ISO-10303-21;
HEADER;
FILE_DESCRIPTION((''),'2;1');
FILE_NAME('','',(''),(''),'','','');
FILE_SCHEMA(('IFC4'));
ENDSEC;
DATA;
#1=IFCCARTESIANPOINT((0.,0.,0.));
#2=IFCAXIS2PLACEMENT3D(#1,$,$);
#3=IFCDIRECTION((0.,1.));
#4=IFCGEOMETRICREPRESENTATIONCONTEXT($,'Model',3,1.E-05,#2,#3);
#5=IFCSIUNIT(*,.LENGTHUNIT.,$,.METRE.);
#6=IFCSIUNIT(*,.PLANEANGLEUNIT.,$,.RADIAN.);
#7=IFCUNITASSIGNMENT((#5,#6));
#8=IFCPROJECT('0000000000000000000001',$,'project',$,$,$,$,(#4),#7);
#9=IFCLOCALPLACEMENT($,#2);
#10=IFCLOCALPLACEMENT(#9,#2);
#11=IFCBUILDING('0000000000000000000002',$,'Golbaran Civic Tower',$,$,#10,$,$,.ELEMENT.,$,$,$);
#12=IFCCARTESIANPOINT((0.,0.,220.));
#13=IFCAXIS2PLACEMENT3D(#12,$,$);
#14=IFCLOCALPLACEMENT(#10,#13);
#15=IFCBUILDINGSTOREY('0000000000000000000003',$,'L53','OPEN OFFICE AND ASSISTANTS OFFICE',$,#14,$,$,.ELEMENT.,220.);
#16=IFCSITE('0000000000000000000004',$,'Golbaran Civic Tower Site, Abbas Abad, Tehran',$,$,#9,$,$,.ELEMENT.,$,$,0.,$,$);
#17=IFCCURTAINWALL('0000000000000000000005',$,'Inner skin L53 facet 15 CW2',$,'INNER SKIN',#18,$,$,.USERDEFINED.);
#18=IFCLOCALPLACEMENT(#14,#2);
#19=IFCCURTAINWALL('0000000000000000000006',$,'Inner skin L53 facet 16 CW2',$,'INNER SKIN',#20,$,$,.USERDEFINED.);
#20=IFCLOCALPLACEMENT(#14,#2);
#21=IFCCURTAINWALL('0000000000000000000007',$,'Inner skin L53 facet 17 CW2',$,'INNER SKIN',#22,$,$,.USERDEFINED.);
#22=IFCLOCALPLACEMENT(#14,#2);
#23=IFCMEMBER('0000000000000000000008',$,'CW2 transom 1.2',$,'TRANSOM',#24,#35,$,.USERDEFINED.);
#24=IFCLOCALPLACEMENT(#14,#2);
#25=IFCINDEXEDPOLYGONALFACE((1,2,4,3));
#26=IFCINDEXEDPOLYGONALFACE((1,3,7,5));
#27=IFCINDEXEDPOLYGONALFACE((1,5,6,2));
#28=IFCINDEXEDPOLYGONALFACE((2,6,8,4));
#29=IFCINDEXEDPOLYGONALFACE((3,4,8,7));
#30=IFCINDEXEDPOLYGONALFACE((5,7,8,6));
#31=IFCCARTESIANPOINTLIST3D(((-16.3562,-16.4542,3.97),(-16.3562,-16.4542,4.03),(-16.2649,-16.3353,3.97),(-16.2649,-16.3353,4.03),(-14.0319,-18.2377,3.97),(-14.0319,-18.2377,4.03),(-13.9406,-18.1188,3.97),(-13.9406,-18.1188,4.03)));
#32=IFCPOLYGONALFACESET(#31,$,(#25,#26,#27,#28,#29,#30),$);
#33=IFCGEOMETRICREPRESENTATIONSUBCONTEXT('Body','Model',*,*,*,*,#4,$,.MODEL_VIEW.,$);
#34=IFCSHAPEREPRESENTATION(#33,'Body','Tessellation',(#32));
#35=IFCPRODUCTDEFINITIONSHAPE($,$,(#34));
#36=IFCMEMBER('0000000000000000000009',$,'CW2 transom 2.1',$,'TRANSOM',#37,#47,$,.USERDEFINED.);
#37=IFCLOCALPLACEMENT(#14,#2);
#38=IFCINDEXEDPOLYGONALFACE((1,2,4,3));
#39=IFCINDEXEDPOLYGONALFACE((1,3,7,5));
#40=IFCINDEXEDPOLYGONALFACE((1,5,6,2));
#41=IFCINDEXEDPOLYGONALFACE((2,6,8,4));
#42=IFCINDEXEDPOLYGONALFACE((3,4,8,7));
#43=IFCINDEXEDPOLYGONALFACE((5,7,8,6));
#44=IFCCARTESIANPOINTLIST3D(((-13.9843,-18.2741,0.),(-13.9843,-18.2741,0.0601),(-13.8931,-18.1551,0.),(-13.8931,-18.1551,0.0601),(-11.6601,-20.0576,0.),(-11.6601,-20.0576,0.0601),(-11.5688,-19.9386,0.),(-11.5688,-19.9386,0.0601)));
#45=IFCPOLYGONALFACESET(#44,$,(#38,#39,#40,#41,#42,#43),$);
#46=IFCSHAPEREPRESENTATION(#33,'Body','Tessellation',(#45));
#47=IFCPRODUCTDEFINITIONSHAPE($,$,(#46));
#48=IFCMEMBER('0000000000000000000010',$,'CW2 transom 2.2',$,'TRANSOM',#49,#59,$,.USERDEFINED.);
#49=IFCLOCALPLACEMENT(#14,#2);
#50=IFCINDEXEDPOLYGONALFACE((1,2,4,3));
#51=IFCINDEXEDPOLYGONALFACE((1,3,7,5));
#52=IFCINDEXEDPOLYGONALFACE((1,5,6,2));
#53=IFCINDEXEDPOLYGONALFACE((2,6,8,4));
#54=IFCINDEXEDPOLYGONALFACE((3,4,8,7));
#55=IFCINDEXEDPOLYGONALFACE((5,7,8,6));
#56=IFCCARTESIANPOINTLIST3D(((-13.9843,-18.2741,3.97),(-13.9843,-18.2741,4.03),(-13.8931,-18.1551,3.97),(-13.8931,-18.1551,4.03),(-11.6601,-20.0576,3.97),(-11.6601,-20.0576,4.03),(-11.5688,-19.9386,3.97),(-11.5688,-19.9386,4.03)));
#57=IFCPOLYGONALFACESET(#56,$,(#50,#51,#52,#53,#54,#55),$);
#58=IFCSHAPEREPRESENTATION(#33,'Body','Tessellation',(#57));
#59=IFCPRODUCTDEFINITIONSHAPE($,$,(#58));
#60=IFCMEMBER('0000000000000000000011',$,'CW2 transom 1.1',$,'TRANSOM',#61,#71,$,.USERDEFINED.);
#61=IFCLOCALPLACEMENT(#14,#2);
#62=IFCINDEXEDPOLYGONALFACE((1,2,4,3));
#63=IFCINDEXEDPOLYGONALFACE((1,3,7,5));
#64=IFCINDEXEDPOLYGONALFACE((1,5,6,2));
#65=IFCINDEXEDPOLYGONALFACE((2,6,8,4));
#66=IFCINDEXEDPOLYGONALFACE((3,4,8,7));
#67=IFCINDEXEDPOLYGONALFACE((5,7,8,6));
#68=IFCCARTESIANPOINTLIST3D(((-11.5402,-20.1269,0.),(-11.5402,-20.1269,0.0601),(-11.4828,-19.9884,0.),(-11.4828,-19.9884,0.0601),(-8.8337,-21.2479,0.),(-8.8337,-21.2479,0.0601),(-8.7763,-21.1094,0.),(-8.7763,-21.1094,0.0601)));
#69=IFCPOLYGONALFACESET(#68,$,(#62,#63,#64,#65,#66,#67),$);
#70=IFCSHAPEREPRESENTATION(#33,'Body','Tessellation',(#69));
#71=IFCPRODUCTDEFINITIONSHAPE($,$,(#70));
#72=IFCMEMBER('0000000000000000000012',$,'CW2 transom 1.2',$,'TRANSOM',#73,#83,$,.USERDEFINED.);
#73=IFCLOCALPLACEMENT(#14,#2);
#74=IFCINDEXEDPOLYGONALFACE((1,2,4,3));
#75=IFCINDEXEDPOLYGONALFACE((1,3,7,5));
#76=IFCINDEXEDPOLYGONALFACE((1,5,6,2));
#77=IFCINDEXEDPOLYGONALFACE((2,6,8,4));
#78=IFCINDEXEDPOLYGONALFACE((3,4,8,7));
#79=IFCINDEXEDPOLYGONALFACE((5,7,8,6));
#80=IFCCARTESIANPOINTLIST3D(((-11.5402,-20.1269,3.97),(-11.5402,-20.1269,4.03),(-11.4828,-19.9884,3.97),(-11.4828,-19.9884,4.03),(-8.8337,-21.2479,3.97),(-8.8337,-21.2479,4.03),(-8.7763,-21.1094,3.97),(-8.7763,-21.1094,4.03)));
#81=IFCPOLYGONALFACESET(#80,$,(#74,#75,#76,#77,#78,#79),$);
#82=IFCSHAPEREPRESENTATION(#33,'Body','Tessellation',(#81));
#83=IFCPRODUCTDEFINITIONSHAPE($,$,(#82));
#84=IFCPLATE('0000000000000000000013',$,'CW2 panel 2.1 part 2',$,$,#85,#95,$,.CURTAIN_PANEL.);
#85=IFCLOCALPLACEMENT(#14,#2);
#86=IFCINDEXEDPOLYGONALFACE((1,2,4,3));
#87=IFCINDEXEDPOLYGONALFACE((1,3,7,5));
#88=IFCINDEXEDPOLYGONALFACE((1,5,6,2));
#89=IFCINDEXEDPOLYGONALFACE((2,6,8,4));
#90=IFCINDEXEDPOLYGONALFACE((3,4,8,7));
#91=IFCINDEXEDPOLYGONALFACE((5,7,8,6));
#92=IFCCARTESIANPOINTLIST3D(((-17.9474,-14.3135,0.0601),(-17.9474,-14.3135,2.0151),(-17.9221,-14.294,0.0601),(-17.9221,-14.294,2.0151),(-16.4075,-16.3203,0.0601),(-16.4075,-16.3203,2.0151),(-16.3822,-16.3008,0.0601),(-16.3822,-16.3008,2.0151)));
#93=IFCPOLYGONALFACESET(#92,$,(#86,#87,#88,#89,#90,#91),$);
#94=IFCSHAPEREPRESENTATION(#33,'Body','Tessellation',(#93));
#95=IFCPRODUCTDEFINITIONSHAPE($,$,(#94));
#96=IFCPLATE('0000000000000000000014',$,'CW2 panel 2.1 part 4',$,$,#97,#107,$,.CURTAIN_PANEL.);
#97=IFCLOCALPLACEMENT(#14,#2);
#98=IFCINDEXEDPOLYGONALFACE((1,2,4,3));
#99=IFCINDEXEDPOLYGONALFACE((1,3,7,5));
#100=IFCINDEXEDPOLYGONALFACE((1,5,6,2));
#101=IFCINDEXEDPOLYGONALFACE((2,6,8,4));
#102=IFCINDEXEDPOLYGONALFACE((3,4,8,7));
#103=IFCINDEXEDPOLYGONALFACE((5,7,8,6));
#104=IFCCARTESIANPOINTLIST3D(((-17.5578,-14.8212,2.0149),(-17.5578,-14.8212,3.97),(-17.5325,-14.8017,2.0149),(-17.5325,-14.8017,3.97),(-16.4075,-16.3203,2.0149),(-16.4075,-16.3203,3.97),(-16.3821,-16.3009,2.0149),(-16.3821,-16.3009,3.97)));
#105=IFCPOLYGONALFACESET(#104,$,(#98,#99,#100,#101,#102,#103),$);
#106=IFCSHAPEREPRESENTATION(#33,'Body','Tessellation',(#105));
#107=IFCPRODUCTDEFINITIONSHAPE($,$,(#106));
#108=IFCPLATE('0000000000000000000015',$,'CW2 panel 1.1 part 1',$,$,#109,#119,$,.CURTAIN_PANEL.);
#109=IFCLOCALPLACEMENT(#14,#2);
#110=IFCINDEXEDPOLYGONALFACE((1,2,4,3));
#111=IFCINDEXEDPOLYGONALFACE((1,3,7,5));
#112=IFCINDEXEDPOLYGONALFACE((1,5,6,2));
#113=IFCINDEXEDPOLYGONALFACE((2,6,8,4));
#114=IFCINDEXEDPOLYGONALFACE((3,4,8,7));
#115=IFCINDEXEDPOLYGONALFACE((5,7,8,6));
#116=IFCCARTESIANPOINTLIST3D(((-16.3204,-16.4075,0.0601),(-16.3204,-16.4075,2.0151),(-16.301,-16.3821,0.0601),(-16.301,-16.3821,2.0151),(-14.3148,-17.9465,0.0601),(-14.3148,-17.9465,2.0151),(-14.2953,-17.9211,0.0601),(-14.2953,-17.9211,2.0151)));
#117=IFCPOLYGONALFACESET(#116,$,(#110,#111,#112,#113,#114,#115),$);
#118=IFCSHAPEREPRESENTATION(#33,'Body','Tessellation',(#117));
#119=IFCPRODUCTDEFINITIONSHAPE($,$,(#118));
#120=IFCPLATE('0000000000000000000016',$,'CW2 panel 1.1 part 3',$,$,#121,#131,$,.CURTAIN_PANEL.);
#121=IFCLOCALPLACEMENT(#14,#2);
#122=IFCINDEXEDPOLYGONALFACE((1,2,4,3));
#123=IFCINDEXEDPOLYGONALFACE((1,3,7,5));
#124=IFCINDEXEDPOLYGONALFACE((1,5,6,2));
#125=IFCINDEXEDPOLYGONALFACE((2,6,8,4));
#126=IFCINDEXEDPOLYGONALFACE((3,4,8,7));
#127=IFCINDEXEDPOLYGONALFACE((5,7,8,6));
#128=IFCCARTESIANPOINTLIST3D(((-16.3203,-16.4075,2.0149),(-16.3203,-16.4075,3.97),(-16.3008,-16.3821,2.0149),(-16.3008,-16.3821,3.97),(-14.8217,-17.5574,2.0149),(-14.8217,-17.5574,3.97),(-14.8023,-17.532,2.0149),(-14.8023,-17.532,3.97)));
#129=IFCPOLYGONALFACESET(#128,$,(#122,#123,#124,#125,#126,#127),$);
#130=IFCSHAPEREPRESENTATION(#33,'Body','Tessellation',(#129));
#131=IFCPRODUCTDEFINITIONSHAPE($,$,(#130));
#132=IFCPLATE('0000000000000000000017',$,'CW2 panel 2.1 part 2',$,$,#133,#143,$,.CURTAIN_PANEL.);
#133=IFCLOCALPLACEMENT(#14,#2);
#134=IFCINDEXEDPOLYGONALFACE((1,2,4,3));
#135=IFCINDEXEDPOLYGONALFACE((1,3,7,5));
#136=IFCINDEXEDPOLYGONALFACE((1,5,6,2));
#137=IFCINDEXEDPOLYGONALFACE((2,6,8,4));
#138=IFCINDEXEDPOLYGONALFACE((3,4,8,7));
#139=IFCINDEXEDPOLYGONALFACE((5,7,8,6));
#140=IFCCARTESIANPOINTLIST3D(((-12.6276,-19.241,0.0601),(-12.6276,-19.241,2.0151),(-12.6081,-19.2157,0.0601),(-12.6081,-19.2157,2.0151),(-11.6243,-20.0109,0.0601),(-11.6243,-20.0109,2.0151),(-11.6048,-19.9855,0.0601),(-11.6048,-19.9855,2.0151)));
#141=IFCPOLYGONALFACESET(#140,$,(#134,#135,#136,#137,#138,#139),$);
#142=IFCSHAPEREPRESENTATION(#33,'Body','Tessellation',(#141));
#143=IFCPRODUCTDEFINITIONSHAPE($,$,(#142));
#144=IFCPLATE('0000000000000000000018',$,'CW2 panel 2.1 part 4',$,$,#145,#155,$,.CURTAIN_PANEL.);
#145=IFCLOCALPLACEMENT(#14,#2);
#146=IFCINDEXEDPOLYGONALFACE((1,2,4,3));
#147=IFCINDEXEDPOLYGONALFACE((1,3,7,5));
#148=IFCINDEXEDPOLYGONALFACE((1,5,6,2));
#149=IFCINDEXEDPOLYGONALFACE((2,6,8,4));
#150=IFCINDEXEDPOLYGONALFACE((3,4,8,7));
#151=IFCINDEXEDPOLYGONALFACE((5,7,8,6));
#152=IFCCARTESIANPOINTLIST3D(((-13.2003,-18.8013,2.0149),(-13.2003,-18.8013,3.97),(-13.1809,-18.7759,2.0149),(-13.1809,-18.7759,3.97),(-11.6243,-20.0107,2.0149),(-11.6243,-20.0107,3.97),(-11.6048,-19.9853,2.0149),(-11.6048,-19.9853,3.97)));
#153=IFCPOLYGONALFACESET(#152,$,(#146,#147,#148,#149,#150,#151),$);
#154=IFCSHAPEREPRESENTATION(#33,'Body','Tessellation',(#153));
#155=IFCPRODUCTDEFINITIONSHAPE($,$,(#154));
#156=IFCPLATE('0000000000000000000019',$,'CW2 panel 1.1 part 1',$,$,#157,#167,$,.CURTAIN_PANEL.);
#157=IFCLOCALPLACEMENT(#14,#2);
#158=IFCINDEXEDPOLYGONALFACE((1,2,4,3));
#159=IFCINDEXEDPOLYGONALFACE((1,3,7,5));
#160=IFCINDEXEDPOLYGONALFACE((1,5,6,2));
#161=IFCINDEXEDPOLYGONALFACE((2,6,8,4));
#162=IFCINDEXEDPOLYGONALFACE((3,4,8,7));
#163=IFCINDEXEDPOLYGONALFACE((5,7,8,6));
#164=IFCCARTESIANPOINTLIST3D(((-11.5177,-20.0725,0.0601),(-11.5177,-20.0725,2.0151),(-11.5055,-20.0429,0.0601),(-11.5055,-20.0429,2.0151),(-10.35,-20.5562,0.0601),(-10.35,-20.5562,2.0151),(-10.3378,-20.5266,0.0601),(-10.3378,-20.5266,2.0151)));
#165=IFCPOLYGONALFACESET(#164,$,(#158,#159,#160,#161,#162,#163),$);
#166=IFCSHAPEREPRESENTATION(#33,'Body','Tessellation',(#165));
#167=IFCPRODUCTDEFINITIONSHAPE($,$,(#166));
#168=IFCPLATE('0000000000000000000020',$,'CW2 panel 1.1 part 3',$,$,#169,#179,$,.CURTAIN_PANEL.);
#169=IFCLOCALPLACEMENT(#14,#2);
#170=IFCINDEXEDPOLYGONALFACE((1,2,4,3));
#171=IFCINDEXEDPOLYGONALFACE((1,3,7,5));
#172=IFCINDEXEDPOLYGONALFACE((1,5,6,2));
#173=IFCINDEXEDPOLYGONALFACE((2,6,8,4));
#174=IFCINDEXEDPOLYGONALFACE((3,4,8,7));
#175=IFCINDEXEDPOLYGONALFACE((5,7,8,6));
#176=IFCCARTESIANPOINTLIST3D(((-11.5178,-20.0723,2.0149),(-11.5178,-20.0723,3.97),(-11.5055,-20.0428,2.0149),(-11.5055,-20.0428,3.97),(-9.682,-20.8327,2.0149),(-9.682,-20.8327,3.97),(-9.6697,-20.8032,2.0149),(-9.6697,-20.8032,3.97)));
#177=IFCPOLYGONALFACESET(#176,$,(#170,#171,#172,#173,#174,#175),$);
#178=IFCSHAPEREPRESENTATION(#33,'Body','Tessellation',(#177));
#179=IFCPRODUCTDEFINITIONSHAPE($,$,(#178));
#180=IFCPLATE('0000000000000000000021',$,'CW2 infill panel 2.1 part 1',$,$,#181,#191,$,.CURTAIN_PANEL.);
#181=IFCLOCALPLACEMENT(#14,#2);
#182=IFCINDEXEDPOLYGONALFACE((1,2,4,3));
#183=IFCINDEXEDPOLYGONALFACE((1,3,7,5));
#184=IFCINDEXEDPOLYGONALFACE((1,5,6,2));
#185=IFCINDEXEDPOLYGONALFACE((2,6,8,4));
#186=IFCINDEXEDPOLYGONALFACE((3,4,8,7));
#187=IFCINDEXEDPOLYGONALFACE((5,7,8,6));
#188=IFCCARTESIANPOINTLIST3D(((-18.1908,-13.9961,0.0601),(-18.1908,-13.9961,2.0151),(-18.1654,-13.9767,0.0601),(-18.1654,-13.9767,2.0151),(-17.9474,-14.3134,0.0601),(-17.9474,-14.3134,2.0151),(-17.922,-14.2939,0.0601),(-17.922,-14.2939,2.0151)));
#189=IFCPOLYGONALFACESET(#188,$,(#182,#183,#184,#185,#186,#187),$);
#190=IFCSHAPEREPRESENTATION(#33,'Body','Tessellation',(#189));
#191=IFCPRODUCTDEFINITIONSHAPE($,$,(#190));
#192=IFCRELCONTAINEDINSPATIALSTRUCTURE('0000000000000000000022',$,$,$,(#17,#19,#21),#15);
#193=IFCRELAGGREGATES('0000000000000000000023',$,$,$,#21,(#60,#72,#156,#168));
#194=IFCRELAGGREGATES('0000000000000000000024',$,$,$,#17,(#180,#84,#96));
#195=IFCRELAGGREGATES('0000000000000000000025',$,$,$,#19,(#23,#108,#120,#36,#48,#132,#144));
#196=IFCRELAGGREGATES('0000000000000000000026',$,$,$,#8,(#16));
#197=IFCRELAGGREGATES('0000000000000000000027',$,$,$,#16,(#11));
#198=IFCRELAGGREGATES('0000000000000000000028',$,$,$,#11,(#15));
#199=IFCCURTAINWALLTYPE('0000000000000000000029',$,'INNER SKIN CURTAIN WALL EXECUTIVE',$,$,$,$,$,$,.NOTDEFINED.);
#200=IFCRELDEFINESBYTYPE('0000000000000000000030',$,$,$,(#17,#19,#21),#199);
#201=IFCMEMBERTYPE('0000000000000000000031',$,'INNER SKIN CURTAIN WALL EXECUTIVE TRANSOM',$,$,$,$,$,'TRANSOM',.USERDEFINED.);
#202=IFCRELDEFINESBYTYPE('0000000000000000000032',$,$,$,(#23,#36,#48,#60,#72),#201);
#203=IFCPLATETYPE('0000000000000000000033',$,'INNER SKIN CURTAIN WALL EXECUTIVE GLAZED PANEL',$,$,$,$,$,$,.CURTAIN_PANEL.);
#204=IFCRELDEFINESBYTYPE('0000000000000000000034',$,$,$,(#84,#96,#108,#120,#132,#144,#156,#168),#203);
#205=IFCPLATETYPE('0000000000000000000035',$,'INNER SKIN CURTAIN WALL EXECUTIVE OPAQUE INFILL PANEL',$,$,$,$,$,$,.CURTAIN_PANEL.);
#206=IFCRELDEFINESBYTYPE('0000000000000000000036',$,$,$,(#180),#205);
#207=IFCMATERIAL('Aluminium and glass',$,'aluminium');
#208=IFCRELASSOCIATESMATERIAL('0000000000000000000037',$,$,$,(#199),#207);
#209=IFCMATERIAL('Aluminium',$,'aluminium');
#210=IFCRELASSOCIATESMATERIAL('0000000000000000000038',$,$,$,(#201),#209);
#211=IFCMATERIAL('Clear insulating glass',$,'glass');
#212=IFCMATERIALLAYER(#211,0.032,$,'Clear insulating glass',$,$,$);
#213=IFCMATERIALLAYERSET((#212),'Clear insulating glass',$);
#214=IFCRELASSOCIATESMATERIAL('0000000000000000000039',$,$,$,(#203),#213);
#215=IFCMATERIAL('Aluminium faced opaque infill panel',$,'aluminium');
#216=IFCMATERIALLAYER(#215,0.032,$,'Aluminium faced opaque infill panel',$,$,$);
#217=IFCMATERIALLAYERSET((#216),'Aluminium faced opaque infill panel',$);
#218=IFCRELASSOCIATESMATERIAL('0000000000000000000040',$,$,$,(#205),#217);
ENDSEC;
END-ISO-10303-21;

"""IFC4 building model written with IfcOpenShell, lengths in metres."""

from ifc_helpers import new_model, si_unit, direction, frame, origin, origin_2d, place, context, subcontext, project, spatial, rectangle, extrude, material, layer, layer_set, material_profile, profile_set, type_object, element, aggregate, save


model = new_model("IFC4")

# Units and contexts
model_context = context("Model", 3, precision=1e-05, world=origin(), true_north=direction((0.0, 1.0)))
body_context = subcontext(model_context, "Body", "Model", "MODEL_VIEW")
ifc_project = project(units=[si_unit("LENGTHUNIT", "METRE"), si_unit("PLANEANGLEUNIT", "RADIAN")], contexts=[model_context])

# Site, building, storey
site_placement = place(None, origin())
site = spatial("IfcSite", under=ifc_project, at=site_placement, Name="Golbaran Civic Tower Site, Abbas Abad, Tehran", CompositionType="ELEMENT", RefElevation=0.0)
building_placement = place(site_placement, origin())
building = spatial("IfcBuilding", under=site, at=building_placement, Name="Golbaran Civic Tower", CompositionType="ELEMENT")
storey_placement = place(building_placement, frame((0.0, 0.0, 220.0)))
storey = spatial("IfcBuildingStorey", under=building, at=storey_placement, Name="L53", Description="OPEN OFFICE AND ASSISTANTS OFFICE", CompositionType="ELEMENT", Elevation=220.0)

# Curtain wall
ifc_material_1 = material(Name="Aluminium and glass", Category="aluminium")
curtain_wall_type = type_object("IfcCurtainWallType", Name="INNER SKIN CURTAIN WALL EXECUTIVE", PredefinedType="NOTDEFINED", material=ifc_material_1)
curtain_wall_1_placement = place(storey_placement, origin())
curtain_wall_1 = element("IfcCurtainWall", 1, at=curtain_wall_1_placement, inside=storey, type_object=curtain_wall_type, Name="Inner skin L53 facet 15 CW2", ObjectType="INNER SKIN", PredefinedType="USERDEFINED")
ifc_material_2 = material(Name="Aluminium", Category="aluminium")

# Curtain wall
curtain_wall_2_placement = place(storey_placement, origin())
curtain_wall_2 = element("IfcCurtainWall", 2, at=curtain_wall_2_placement, inside=storey, type_object=curtain_wall_type, Name="Inner skin L53 facet 16 CW2", ObjectType="INNER SKIN", PredefinedType="USERDEFINED")

# Curtain wall
curtain_wall_3_placement = place(storey_placement, origin())
curtain_wall_3 = element("IfcCurtainWall", 3, at=curtain_wall_3_placement, inside=storey, type_object=curtain_wall_type, Name="Inner skin L53 facet 17 CW2", ObjectType="INNER SKIN", PredefinedType="USERDEFINED")

# Members
ifc_material_profile_1 = material_profile(ifc_material_2, rectangle(XDim=0.1499, YDim=0.0601, at=origin_2d()), Name="INNER SKIN CURTAIN WALL EXECUTIVE TRANSOM")
ifc_profile_set_1 = profile_set([ifc_material_profile_1], Name="Aluminium")
member_type_1 = type_object("IfcMemberType", Name="INNER SKIN CURTAIN WALL EXECUTIVE TRANSOM", ElementType="TRANSOM", PredefinedType="USERDEFINED", material=ifc_profile_set_1)
member_1_placement = place(storey_placement, frame((-16.3105, -16.3948, 4.0), z_axis=(0.793351, -0.608764, 0.0), x_axis=(0.608764, 0.793351, 0.0)))
member_1 = element("IfcMember", 4, at=member_1_placement, type_object=member_type_1, Name="CW2 transom 1.2", ObjectType="TRANSOM", PredefinedType="USERDEFINED", context=body_context, shape_type="SweptSolid", body=[
    extrude(rectangle(XDim=0.1499, YDim=0.0601, at=origin_2d()), origin(), (0.0, 0.0, 1.0), 2.9297),
])
member_2_placement = place(storey_placement, frame((-13.9387, -18.2146, 0.03), z_axis=(0.793351, -0.608764, 0.0), x_axis=(0.608764, 0.793351, 0.0)))
member_2 = element("IfcMember", 5, at=member_2_placement, type_object=member_type_1, Name="CW2 transom 2.1", ObjectType="TRANSOM", PredefinedType="USERDEFINED", context=body_context, shape_type="SweptSolid", body=[
    extrude(rectangle(XDim=0.1499, YDim=0.0601, at=origin_2d()), origin(), (0.0, 0.0, 1.0), 2.9297),
])
member_3_placement = place(storey_placement, frame((-13.9387, -18.2146, 4.0), z_axis=(0.793351, -0.608764, 0.0), x_axis=(0.608764, 0.793351, 0.0)))
member_3 = element("IfcMember", 6, at=member_3_placement, type_object=member_type_1, Name="CW2 transom 2.2", ObjectType="TRANSOM", PredefinedType="USERDEFINED", context=body_context, shape_type="SweptSolid", body=[
    extrude(rectangle(XDim=0.1499, YDim=0.0601, at=origin_2d()), origin(), (0.0, 0.0, 1.0), 2.9297),
])
member_4_placement = place(storey_placement, frame((-11.5115, -20.0576, 0.03), z_axis=(0.923879, -0.382685, 0.0), x_axis=(0.382685, 0.923879, 0.0)))
member_4 = element("IfcMember", 7, at=member_4_placement, type_object=member_type_1, Name="CW2 transom 1.1", ObjectType="TRANSOM", PredefinedType="USERDEFINED", context=body_context, shape_type="SweptSolid", body=[
    extrude(rectangle(XDim=0.1499, YDim=0.0601, at=origin_2d()), origin(), (0.0, 0.0, 1.0), 2.9294),
])
member_5_placement = place(storey_placement, frame((-11.5115, -20.0576, 4.0), z_axis=(0.923879, -0.382685, 0.0), x_axis=(0.382685, 0.923879, 0.0)))
member_5 = element("IfcMember", 8, at=member_5_placement, type_object=member_type_1, Name="CW2 transom 1.2", ObjectType="TRANSOM", PredefinedType="USERDEFINED", context=body_context, shape_type="SweptSolid", body=[
    extrude(rectangle(XDim=0.1499, YDim=0.0601, at=origin_2d()), origin(), (0.0, 0.0, 1.0), 2.9294),
])

# Plates
ifc_material_3 = material(Name="Clear insulating glass", Category="glass")
ifc_layer_1 = layer(ifc_material_3, 0.032, Name="Clear insulating glass")
ifc_layer_set_1 = layer_set([ifc_layer_1], Name="Clear insulating glass")
plate_type_1 = type_object("IfcPlateType", Name="INNER SKIN CURTAIN WALL EXECUTIVE GLAZED PANEL", PredefinedType="CURTAIN_PANEL", material=ifc_layer_set_1)
plate_1_placement = place(storey_placement, frame((-17.1648, -15.3071, 0.0601), z_axis=(0.0, 0.0, 1.0), x_axis=(0.608761, -0.793353, 0.0)))
plate_1 = element("IfcPlate", 9, at=plate_1_placement, type_object=plate_type_1, Name="CW2 panel 2.1 part 2", PredefinedType="CURTAIN_PANEL", context=body_context, shape_type="SweptSolid", body=[
    extrude(rectangle(XDim=2.5295, YDim=0.032, at=origin_2d()), origin(), (0.0, 0.0, 1.0), 1.9551),
])
plate_2_placement = place(storey_placement, frame((-16.97, -15.561, 2.0149), z_axis=(0.0, 0.0, 1.0), x_axis=(0.608761, -0.793353, 0.0)))
plate_2 = element("IfcPlate", 10, at=plate_2_placement, type_object=plate_type_1, Name="CW2 panel 2.1 part 4", PredefinedType="CURTAIN_PANEL", context=body_context, shape_type="SweptSolid", body=[
    extrude(rectangle(XDim=1.8896, YDim=0.032, at=origin_2d()), origin(), (0.0, 0.0, 1.0), 1.9551),
])
plate_3_placement = place(storey_placement, frame((-15.3079, -17.1643, 0.0601), z_axis=(0.0, 0.0, 1.0), x_axis=(0.793353, -0.608761, 0.0)))
plate_3 = element("IfcPlate", 11, at=plate_3_placement, type_object=plate_type_1, Name="CW2 panel 1.1 part 1", PredefinedType="CURTAIN_PANEL", context=body_context, shape_type="SweptSolid", body=[
    extrude(rectangle(XDim=2.5281, YDim=0.032, at=origin_2d()), origin(), (0.0, 0.0, 1.0), 1.9551),
])
plate_4_placement = place(storey_placement, frame((-15.5613, -16.9697, 2.0149), z_axis=(0.0, 0.0, 1.0), x_axis=(0.793353, -0.608761, 0.0)))
plate_4 = element("IfcPlate", 12, at=plate_4_placement, type_object=plate_type_1, Name="CW2 panel 1.1 part 3", PredefinedType="CURTAIN_PANEL", context=body_context, shape_type="SweptSolid", body=[
    extrude(rectangle(XDim=1.8889, YDim=0.032, at=origin_2d()), origin(), (0.0, 0.0, 1.0), 1.9551),
])
plate_5_placement = place(storey_placement, frame((-12.1162, -19.6133, 0.0601), z_axis=(0.0, 0.0, 1.0), x_axis=(0.793353, -0.608761, 0.0)))
plate_5 = element("IfcPlate", 13, at=plate_5_placement, type_object=plate_type_1, Name="CW2 panel 2.1 part 2", PredefinedType="CURTAIN_PANEL", context=body_context, shape_type="SweptSolid", body=[
    extrude(rectangle(XDim=1.2646, YDim=0.032, at=origin_2d()), origin(), (0.0, 0.0, 1.0), 1.9551),
])
plate_6_placement = place(storey_placement, frame((-12.4026, -19.3933, 2.0149), z_axis=(0.0, 0.0, 1.0), x_axis=(0.793353, -0.608761, 0.0)))
plate_6 = element("IfcPlate", 14, at=plate_6_placement, type_object=plate_type_1, Name="CW2 panel 2.1 part 4", PredefinedType="CURTAIN_PANEL", context=body_context, shape_type="SweptSolid", body=[
    extrude(rectangle(XDim=1.9866, YDim=0.032, at=origin_2d()), origin(), (0.0, 0.0, 1.0), 1.9551),
])
plate_7_placement = place(storey_placement, frame((-10.9277, -20.2996, 0.0601), z_axis=(0.0, 0.0, 1.0), x_axis=(0.92388, -0.382683, 0.0)))
plate_7 = element("IfcPlate", 15, at=plate_7_placement, type_object=plate_type_1, Name="CW2 panel 1.1 part 1", PredefinedType="CURTAIN_PANEL", context=body_context, shape_type="SweptSolid", body=[
    extrude(rectangle(XDim=1.2639, YDim=0.032, at=origin_2d()), origin(), (0.0, 0.0, 1.0), 1.9551),
])
plate_8_placement = place(storey_placement, frame((-10.5938, -20.4377, 2.0149), z_axis=(0.0, 0.0, 1.0), x_axis=(0.92388, -0.382683, 0.0)))
plate_8 = element("IfcPlate", 16, at=plate_8_placement, type_object=plate_type_1, Name="CW2 panel 1.1 part 3", PredefinedType="CURTAIN_PANEL", context=body_context, shape_type="SweptSolid", body=[
    extrude(rectangle(XDim=1.9871, YDim=0.032, at=origin_2d()), origin(), (0.0, 0.0, 1.0), 1.9551),
])
aggregate(curtain_wall_3, [member_4, member_5, plate_7, plate_8])
ifc_material_4 = material(Name="Aluminium faced opaque infill panel", Category="aluminium")
ifc_layer_2 = layer(ifc_material_4, 0.032, Name="Aluminium faced opaque infill panel")
ifc_layer_set_2 = layer_set([ifc_layer_2], Name="Aluminium faced opaque infill panel")
plate_type_2 = type_object("IfcPlateType", Name="INNER SKIN CURTAIN WALL EXECUTIVE OPAQUE INFILL PANEL", PredefinedType="CURTAIN_PANEL", material=ifc_layer_set_2)
plate_9_placement = place(storey_placement, frame((-18.0564, -14.145, 0.0601), z_axis=(0.0, 0.0, 1.0), x_axis=(0.608761, -0.793353, 0.0)))
plate_9 = element("IfcPlate", 17, at=plate_9_placement, type_object=plate_type_2, Name="CW2 infill panel 2.1 part 1", PredefinedType="CURTAIN_PANEL", context=body_context, shape_type="SweptSolid", body=[
    extrude(rectangle(XDim=0.3999, YDim=0.032, at=origin_2d()), origin(), (0.0, 0.0, 1.0), 1.9551),
])
aggregate(curtain_wall_1, [plate_9, plate_1, plate_2])
aggregate(curtain_wall_2, [member_1, plate_3, plate_4, member_2, member_3, plate_5, plate_6])

save(model, "model.ifc")
